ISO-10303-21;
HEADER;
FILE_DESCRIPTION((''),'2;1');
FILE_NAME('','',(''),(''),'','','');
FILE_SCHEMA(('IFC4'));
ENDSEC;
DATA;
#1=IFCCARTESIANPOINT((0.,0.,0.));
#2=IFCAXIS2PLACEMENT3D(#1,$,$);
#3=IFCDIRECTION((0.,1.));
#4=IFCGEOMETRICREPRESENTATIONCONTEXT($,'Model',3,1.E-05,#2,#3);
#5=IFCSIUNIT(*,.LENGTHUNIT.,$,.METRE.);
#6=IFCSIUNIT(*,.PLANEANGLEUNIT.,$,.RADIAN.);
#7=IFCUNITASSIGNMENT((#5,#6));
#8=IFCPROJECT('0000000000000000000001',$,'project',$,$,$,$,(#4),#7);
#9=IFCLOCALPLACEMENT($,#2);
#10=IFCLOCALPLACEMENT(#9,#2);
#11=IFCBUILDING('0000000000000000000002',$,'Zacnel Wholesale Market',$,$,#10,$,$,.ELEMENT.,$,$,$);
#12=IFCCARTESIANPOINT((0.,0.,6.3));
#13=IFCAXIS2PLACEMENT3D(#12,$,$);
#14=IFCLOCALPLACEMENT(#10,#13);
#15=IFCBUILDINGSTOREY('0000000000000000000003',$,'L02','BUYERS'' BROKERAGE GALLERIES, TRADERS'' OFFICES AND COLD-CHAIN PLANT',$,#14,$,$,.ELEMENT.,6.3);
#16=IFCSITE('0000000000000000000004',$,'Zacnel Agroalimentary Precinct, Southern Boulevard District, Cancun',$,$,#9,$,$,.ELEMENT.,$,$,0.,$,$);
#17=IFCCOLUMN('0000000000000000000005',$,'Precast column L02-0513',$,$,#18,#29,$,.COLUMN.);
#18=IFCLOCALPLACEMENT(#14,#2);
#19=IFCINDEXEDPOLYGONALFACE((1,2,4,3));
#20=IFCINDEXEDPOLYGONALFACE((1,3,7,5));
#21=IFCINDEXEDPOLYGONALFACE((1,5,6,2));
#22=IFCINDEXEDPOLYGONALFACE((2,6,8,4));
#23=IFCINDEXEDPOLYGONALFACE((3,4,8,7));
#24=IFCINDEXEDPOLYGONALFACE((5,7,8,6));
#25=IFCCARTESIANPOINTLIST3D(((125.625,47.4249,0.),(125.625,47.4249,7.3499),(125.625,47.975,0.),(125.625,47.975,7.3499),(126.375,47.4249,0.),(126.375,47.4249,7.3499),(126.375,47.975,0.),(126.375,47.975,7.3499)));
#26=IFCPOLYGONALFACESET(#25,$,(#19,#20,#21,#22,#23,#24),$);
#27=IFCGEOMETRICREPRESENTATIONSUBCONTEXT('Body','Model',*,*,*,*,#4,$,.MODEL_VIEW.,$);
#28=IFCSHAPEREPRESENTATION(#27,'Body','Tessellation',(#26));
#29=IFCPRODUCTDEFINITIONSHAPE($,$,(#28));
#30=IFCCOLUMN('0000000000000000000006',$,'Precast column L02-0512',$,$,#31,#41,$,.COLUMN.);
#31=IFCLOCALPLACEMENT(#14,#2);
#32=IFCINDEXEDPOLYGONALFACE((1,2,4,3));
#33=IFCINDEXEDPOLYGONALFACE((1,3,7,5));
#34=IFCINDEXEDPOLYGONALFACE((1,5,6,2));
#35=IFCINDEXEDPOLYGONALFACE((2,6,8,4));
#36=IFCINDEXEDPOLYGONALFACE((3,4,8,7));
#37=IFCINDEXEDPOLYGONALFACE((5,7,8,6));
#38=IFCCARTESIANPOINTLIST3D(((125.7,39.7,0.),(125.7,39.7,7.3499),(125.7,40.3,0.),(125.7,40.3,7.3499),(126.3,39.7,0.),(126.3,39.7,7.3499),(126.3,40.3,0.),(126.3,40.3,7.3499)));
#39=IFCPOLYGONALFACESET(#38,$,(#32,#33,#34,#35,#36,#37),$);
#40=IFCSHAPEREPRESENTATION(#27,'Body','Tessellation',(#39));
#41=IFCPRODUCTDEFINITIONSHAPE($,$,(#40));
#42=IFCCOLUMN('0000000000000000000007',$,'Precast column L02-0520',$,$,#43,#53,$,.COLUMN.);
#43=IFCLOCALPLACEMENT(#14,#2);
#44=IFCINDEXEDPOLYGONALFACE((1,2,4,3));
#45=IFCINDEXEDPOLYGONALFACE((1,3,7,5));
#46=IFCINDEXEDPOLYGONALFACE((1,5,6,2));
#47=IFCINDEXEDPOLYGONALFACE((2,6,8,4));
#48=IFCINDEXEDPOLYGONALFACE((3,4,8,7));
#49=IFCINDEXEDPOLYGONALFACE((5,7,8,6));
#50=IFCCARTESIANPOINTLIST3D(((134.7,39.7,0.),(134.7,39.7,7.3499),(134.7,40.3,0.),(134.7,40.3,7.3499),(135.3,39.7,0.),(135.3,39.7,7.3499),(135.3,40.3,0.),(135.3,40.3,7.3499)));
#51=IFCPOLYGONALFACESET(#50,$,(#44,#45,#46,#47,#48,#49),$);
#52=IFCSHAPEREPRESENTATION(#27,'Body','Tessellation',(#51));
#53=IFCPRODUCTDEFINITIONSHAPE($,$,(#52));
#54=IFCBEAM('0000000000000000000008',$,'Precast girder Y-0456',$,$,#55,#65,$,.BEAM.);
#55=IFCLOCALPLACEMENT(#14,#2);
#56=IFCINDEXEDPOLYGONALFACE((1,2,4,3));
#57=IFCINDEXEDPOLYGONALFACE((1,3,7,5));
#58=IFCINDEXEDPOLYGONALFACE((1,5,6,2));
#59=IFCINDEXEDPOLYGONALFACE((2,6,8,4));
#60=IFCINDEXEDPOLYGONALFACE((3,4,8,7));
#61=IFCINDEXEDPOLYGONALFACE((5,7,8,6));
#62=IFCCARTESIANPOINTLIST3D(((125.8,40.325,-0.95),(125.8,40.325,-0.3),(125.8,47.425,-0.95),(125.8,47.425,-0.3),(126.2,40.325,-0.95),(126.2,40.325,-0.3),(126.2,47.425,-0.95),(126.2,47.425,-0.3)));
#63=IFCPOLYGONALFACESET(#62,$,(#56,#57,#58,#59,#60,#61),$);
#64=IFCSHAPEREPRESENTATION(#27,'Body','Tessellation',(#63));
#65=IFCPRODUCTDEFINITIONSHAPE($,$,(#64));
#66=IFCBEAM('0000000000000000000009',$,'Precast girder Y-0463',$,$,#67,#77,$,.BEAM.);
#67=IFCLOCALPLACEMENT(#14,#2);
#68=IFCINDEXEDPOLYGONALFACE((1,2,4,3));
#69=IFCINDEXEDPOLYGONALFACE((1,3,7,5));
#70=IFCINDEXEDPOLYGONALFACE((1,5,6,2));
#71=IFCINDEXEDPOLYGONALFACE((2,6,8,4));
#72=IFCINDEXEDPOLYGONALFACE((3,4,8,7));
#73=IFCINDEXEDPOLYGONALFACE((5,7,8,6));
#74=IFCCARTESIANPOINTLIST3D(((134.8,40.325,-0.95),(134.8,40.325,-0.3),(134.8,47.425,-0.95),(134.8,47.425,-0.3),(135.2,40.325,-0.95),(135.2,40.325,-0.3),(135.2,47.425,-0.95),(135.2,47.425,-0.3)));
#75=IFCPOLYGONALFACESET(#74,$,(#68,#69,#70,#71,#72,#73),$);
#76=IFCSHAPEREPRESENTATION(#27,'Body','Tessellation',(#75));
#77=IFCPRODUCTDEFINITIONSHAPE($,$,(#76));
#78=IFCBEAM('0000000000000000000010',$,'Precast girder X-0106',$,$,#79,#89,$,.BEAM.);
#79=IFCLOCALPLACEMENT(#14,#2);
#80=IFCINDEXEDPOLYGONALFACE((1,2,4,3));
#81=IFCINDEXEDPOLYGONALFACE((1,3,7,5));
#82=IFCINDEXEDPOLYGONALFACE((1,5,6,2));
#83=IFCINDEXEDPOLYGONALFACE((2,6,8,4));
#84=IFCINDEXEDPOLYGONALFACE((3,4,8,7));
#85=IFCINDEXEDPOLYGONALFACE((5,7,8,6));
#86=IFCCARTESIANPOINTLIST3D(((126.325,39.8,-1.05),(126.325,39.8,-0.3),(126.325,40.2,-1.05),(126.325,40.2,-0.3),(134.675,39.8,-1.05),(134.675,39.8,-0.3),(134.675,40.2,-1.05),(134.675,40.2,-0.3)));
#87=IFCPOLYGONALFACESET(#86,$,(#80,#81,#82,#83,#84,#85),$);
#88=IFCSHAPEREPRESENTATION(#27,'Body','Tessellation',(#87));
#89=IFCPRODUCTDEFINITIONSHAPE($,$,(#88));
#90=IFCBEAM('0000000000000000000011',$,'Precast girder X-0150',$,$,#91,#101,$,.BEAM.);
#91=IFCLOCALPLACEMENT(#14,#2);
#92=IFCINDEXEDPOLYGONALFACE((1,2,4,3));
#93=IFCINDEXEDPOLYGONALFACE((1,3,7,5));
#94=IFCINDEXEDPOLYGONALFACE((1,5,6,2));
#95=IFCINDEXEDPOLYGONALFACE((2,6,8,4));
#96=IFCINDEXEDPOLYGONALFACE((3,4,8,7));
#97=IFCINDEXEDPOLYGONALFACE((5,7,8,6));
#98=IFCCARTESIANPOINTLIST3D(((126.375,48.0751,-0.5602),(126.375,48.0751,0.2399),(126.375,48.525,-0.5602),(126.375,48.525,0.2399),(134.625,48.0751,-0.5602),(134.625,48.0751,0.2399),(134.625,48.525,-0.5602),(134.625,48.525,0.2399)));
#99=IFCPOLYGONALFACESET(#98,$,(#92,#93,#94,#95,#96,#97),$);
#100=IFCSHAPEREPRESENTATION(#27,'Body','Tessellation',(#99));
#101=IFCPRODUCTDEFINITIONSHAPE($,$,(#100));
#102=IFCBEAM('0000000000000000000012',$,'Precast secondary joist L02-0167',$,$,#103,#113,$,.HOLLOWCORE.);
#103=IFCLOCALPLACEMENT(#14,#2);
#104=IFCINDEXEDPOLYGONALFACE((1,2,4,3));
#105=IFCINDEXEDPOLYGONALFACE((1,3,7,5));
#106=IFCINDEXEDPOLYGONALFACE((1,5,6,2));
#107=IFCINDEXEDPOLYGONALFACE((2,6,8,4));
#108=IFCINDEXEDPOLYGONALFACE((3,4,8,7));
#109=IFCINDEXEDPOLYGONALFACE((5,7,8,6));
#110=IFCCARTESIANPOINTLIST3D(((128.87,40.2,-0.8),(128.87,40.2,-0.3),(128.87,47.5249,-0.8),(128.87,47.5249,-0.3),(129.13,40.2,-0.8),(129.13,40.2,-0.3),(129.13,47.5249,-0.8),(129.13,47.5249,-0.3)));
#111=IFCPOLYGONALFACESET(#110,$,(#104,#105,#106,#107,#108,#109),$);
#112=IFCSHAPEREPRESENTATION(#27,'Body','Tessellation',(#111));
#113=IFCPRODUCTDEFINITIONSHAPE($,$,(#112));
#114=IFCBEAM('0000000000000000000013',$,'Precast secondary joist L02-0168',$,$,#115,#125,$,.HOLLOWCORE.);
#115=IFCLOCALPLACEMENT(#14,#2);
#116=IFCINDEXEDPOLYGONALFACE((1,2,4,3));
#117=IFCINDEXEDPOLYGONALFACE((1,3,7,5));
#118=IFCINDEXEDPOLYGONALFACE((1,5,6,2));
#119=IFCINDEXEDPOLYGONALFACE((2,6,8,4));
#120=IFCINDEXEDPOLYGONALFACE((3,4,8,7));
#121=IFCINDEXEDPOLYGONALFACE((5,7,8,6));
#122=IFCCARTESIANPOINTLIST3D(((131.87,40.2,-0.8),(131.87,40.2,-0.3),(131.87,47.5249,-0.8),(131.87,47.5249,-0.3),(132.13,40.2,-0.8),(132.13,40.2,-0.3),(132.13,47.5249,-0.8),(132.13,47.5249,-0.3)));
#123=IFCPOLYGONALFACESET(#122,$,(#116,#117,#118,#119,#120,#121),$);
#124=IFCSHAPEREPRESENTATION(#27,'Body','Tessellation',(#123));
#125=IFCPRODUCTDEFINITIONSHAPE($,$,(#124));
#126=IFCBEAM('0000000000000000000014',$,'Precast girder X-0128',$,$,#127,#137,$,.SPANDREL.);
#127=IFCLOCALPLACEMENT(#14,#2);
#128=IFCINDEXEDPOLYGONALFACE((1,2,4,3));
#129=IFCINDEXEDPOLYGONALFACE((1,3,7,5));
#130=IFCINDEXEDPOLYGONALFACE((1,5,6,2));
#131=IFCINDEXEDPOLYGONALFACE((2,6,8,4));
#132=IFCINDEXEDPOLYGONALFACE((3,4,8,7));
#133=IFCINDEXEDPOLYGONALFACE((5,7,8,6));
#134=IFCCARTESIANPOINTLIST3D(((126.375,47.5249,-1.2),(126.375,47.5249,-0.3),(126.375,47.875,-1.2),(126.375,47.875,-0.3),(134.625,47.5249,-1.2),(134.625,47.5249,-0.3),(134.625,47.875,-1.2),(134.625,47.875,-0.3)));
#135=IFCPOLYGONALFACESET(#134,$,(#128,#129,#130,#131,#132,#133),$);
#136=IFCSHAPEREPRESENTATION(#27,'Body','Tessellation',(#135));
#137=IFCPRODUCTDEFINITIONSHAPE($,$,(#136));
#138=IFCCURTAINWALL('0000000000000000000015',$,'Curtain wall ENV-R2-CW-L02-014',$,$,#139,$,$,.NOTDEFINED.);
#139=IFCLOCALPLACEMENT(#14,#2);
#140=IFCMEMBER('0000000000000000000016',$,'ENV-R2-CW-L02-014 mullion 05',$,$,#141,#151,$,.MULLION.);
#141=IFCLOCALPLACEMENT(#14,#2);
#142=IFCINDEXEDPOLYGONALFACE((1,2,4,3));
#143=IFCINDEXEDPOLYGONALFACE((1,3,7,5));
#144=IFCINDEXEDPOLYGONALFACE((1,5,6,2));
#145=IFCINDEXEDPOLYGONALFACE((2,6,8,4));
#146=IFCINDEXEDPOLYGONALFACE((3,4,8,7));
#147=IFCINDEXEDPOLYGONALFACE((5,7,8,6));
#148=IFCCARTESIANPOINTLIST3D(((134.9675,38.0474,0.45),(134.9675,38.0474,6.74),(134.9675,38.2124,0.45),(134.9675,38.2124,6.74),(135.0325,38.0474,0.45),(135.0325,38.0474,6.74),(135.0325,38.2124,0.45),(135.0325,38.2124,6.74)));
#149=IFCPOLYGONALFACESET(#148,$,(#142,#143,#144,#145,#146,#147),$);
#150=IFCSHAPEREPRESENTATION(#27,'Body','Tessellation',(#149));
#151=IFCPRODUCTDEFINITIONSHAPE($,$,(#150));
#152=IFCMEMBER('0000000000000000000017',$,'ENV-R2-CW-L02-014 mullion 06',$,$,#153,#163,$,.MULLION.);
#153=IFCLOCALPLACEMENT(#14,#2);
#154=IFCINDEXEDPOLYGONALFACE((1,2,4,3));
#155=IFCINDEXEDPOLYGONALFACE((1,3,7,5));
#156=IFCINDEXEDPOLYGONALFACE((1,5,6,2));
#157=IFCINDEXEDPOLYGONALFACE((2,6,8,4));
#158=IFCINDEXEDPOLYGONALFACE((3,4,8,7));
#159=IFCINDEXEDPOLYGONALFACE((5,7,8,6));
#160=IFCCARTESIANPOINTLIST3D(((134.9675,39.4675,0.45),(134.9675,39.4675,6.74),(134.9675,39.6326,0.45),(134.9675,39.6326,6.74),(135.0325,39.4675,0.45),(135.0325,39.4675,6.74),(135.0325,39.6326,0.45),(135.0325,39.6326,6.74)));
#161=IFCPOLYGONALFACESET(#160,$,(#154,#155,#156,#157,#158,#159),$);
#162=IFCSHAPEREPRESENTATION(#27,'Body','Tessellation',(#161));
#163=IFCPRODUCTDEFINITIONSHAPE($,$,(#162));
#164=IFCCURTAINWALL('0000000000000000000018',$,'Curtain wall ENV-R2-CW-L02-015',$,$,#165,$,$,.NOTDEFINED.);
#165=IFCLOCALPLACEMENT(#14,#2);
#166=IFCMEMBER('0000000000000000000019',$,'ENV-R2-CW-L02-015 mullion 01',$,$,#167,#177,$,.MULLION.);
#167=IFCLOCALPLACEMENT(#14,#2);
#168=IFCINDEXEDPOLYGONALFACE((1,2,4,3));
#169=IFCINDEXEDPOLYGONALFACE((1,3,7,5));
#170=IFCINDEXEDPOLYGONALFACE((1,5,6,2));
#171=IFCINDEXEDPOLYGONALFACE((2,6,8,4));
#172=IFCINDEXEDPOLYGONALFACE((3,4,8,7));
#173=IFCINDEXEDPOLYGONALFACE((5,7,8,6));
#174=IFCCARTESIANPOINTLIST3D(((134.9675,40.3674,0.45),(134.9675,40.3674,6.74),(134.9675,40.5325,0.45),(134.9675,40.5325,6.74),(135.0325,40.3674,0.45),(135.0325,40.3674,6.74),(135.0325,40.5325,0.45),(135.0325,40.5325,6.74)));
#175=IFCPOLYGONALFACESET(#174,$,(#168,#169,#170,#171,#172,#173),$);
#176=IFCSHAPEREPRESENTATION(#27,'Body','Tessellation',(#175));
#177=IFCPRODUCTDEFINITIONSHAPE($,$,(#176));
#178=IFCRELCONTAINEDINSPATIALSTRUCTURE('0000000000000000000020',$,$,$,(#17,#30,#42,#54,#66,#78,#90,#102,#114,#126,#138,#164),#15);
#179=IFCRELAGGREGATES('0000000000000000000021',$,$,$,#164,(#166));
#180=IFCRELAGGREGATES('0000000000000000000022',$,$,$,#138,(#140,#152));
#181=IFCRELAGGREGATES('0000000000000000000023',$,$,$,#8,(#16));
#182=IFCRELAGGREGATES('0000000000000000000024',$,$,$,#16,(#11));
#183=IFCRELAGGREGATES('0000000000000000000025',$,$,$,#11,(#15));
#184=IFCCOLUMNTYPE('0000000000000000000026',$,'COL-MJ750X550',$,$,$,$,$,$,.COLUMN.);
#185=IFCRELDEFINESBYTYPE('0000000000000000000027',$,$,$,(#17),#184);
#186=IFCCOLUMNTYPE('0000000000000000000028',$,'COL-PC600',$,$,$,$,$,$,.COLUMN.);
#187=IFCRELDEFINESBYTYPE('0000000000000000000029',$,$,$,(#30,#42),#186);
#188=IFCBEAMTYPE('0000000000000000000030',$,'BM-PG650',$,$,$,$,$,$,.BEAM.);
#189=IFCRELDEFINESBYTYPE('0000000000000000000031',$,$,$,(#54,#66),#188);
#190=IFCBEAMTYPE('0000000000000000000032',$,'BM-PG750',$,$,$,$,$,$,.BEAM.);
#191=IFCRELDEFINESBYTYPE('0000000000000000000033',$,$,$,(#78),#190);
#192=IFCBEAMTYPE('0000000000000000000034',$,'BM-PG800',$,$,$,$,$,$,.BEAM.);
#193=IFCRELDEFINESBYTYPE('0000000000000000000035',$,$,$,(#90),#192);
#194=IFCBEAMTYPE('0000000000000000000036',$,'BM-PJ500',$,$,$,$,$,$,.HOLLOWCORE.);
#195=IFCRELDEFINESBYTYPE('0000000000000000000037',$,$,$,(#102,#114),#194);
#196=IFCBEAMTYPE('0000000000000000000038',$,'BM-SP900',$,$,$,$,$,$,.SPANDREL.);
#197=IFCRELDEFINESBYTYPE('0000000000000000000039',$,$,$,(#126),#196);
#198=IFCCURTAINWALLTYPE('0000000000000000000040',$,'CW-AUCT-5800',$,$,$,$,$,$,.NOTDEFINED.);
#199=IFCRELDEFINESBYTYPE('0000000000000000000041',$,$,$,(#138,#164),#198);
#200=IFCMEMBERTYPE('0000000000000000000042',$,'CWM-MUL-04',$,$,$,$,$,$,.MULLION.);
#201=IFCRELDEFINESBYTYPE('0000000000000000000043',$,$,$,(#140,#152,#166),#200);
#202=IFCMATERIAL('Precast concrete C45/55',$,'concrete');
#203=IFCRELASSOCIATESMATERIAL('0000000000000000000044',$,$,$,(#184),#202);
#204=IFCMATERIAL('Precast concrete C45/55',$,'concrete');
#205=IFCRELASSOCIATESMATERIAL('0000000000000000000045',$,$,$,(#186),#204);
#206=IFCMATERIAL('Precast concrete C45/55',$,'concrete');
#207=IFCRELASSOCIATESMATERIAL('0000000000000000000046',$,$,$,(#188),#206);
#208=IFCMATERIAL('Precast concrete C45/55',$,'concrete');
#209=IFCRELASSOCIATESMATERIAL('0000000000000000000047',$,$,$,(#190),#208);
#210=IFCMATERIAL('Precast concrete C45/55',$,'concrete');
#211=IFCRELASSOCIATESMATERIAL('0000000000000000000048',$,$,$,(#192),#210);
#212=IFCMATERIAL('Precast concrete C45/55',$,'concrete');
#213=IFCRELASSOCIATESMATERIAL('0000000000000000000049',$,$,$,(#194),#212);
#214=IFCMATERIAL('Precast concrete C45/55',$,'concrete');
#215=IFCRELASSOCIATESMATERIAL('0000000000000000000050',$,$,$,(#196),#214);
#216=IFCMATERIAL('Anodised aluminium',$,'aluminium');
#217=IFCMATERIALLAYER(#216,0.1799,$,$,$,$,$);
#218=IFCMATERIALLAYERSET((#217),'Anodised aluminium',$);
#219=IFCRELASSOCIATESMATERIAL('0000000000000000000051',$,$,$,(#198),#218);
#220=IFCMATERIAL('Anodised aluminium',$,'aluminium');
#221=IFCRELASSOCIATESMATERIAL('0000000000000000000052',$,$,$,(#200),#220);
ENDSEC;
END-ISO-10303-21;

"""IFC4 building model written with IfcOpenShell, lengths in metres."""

from ifc_helpers import new_model, si_unit, direction, frame, origin, origin_2d, place, context, subcontext, project, spatial, rectangle, extrude, material, layer, layer_set, material_profile, profile_set, type_object, element, aggregate, save


model = new_model("IFC4")

# Units and contexts
model_context = context("Model", 3, precision=1e-05, world=origin(), true_north=direction((0.0, 1.0)))
body_context = subcontext(model_context, "Body", "Model", "MODEL_VIEW")
ifc_project = project(units=[si_unit("LENGTHUNIT", "METRE"), si_unit("PLANEANGLEUNIT", "RADIAN")], contexts=[model_context])

# Site, building, storey
site_placement = place(None, origin())
site = spatial("IfcSite", under=ifc_project, at=site_placement, Name="Zacnel Agroalimentary Precinct, Southern Boulevard District, Cancun", CompositionType="ELEMENT", RefElevation=0.0)
building_placement = place(site_placement, origin())
building = spatial("IfcBuilding", under=site, at=building_placement, Name="Zacnel Wholesale Market", CompositionType="ELEMENT")
storey_placement = place(building_placement, frame((0.0, 0.0, 6.3)))
storey = spatial("IfcBuildingStorey", under=building, at=storey_placement, Name="L02", Description="BUYERS' BROKERAGE GALLERIES, TRADERS' OFFICES AND COLD-CHAIN PLANT", CompositionType="ELEMENT", Elevation=6.3)

# Columns
ifc_material_1 = material(Name="Precast concrete C45/55", Category="concrete")
ifc_material_profile_1 = material_profile(ifc_material_1, rectangle(XDim=0.75, YDim=0.55, at=origin_2d()), Name="PC 750x550")
ifc_profile_set_1 = profile_set([ifc_material_profile_1], Name="Precast concrete C45/55")
column_type_1 = type_object("IfcColumnType", Name="COL-MJ750X550", PredefinedType="COLUMN", material=ifc_profile_set_1)
column_placement = place(storey_placement, frame((126.0, 47.7, 0.0), z_axis=(0.0, 0.0, 1.0), x_axis=(1.0, 0.0, 0.0)))
element("IfcColumn", 1, at=column_placement, inside=storey, type_object=column_type_1, Name="Precast column L02-0513", PredefinedType="COLUMN", context=body_context, shape_type="SweptSolid", body=[
    extrude(rectangle(XDim=0.75, YDim=0.55, at=origin_2d()), origin(), (0.0, 0.0, 1.0), 7.3499),
])
ifc_material_2 = material(Name="Precast concrete C45/55", Category="concrete")
ifc_material_profile_2 = material_profile(ifc_material_2, rectangle(XDim=0.6001, YDim=0.6001, at=origin_2d()), Name="PC 600x600")
ifc_profile_set_2 = profile_set([ifc_material_profile_2], Name="Precast concrete C45/55")
column_type_2 = type_object("IfcColumnType", Name="COL-PC600", PredefinedType="COLUMN", material=ifc_profile_set_2)
for number, where, z_axis, x_axis, name in (
    (2, (126.0, 40.0, 0.0), (0.0, 0.0, 1.0), (1.0, 0.0, 0.0), "Precast column L02-0512"),
    (3, (135.0, 40.0, 0.0), (0.0, 0.0, 1.0), (1.0, 0.0, 0.0), "Precast column L02-0520"),
):
    element("IfcColumn", number, at=place(storey_placement, frame(where, z_axis=z_axis, x_axis=x_axis)), inside=storey, type_object=column_type_2, Name=name, PredefinedType="COLUMN", context=body_context, shape_type="SweptSolid", body=[
        extrude(rectangle(XDim=0.6001, YDim=0.6001, at=origin_2d()), origin(), (0.0, 0.0, 1.0), 7.3499),
    ])

# Beams
ifc_material_3 = material(Name="Precast concrete C45/55", Category="concrete")
ifc_material_profile_3 = material_profile(ifc_material_3, rectangle(XDim=0.3999, YDim=0.6499, at=origin_2d()), Name="PG 400x650")
ifc_profile_set_3 = profile_set([ifc_material_profile_3], Name="Precast concrete C45/55")
beam_type_1 = type_object("IfcBeamType", Name="BM-PG650", PredefinedType="BEAM", material=ifc_profile_set_3)
for number, where, z_axis, x_axis, name in (
    (4, (126.0, 40.325, -0.625), (0.0, 1.0, 0.0), (-1.0, 0.0, 0.0), "Precast girder Y-0456"),
    (5, (135.0, 40.325, -0.625), (0.0, 1.0, 0.0), (-1.0, 0.0, 0.0), "Precast girder Y-0463"),
):
    element("IfcBeam", number, at=place(storey_placement, frame(where, z_axis=z_axis, x_axis=x_axis)), inside=storey, type_object=beam_type_1, Name=name, PredefinedType="BEAM", context=body_context, shape_type="SweptSolid", body=[
        extrude(rectangle(XDim=0.3999, YDim=0.6499, at=origin_2d()), origin(), (0.0, 0.0, 1.0), 7.1001),
    ])
ifc_material_4 = material(Name="Precast concrete C45/55", Category="concrete")
ifc_material_profile_4 = material_profile(ifc_material_4, rectangle(XDim=0.3999, YDim=0.75, at=origin_2d()), Name="PG 400x750")
ifc_profile_set_4 = profile_set([ifc_material_profile_4], Name="Precast concrete C45/55")
beam_type_2 = type_object("IfcBeamType", Name="BM-PG750", PredefinedType="BEAM", material=ifc_profile_set_4)
beam_1_placement = place(storey_placement, frame((126.325, 40.0, -0.675), z_axis=(1.0, 0.0, 0.0), x_axis=(0.0, 1.0, 0.0)))
element("IfcBeam", 6, at=beam_1_placement, inside=storey, type_object=beam_type_2, Name="Precast girder X-0106", PredefinedType="BEAM", context=body_context, shape_type="SweptSolid", body=[
    extrude(rectangle(XDim=0.3999, YDim=0.75, at=origin_2d()), origin(), (0.0, 0.0, 1.0), 8.3501),
])
ifc_material_5 = material(Name="Precast concrete C45/55", Category="concrete")
ifc_material_profile_5 = material_profile(ifc_material_5, rectangle(XDim=0.45, YDim=0.8, at=origin_2d()), Name="PG 450x800")
ifc_profile_set_5 = profile_set([ifc_material_profile_5], Name="Precast concrete C45/55")
beam_type_3 = type_object("IfcBeamType", Name="BM-PG800", PredefinedType="BEAM", material=ifc_profile_set_5)
beam_2_placement = place(storey_placement, frame((126.375, 48.3, -0.1602), z_axis=(1.0, 0.0, 0.0), x_axis=(0.0, 1.0, 0.0)))
element("IfcBeam", 7, at=beam_2_placement, inside=storey, type_object=beam_type_3, Name="Precast girder X-0150", PredefinedType="BEAM", context=body_context, shape_type="SweptSolid", body=[
    extrude(rectangle(XDim=0.45, YDim=0.8, at=origin_2d()), origin(), (0.0, 0.0, 1.0), 8.25),
])
ifc_material_6 = material(Name="Precast concrete C45/55", Category="concrete")
ifc_material_profile_6 = material_profile(ifc_material_6, rectangle(XDim=0.26, YDim=0.5, at=origin_2d()), Name="PJ 260x500")
ifc_profile_set_6 = profile_set([ifc_material_profile_6], Name="Precast concrete C45/55")
beam_type_4 = type_object("IfcBeamType", Name="BM-PJ500", PredefinedType="HOLLOWCORE", material=ifc_profile_set_6)
for number, where, z_axis, x_axis, name in (
    (8, (129.0, 40.2, -0.55), (0.0, 1.0, 0.0), (-1.0, 0.0, 0.0), "Precast secondary joist L02-0167"),
    (9, (132.0, 40.2, -0.55), (0.0, 1.0, 0.0), (-1.0, 0.0, 0.0), "Precast secondary joist L02-0168"),
):
    element("IfcBeam", number, at=place(storey_placement, frame(where, z_axis=z_axis, x_axis=x_axis)), inside=storey, type_object=beam_type_4, Name=name, PredefinedType="HOLLOWCORE", context=body_context, shape_type="SweptSolid", body=[
        extrude(rectangle(XDim=0.26, YDim=0.5, at=origin_2d()), origin(), (0.0, 0.0, 1.0), 7.325),
    ])
ifc_material_7 = material(Name="Precast concrete C45/55", Category="concrete")
ifc_material_profile_7 = material_profile(ifc_material_7, rectangle(XDim=0.3501, YDim=0.8999, at=origin_2d()), Name="SP 350x900")
ifc_profile_set_7 = profile_set([ifc_material_profile_7], Name="Precast concrete C45/55")
beam_type_5 = type_object("IfcBeamType", Name="BM-SP900", PredefinedType="SPANDREL", material=ifc_profile_set_7)
beam_3_placement = place(storey_placement, frame((126.375, 47.7, -0.75), z_axis=(1.0, 0.0, 0.0), x_axis=(0.0, 1.0, 0.0)))
element("IfcBeam", 10, at=beam_3_placement, inside=storey, type_object=beam_type_5, Name="Precast girder X-0128", PredefinedType="SPANDREL", context=body_context, shape_type="SweptSolid", body=[
    extrude(rectangle(XDim=0.3501, YDim=0.8999, at=origin_2d()), origin(), (0.0, 0.0, 1.0), 8.25),
])

# Curtain wall, members
ifc_material_8 = material(Name="Anodised aluminium", Category="aluminium")
ifc_layer_1 = layer(ifc_material_8, 0.1799)
ifc_layer_set_1 = layer_set([ifc_layer_1], Name="Anodised aluminium")
curtain_wall_type = type_object("IfcCurtainWallType", Name="CW-AUCT-5800", PredefinedType="NOTDEFINED", material=ifc_layer_set_1)
curtain_wall_1_placement = place(storey_placement, origin())
curtain_wall_1 = element("IfcCurtainWall", 11, at=curtain_wall_1_placement, inside=storey, type_object=curtain_wall_type, Name="Curtain wall ENV-R2-CW-L02-014", PredefinedType="NOTDEFINED")
ifc_material_9 = material(Name="Anodised aluminium", Category="aluminium")
ifc_material_profile_8 = material_profile(ifc_material_9, rectangle(XDim=0.0649, YDim=0.165, at=origin_2d()), Name="AW-MULLION 65x165")
ifc_profile_set_8 = profile_set([ifc_material_profile_8], Name="Anodised aluminium")
member_type_1 = type_object("IfcMemberType", Name="CWM-MUL-04", PredefinedType="MULLION", material=ifc_profile_set_8)
member_1_placement = place(storey_placement, frame((135.0, 38.1299, 0.45), z_axis=(0.0, 0.0, 1.0), x_axis=(1.0, 0.0, 0.0)))
member_1 = element("IfcMember", 12, at=member_1_placement, type_object=member_type_1, Name="ENV-R2-CW-L02-014 mullion 05", PredefinedType="MULLION", context=body_context, shape_type="SweptSolid", body=[
    extrude(rectangle(XDim=0.0649, YDim=0.165, at=origin_2d()), origin(), (0.0, 0.0, 1.0), 6.29),
])
member_2_placement = place(storey_placement, frame((135.0, 39.55, 0.45), z_axis=(0.0, 0.0, 1.0), x_axis=(1.0, 0.0, 0.0)))
member_2 = element("IfcMember", 13, at=member_2_placement, type_object=member_type_1, Name="ENV-R2-CW-L02-014 mullion 06", PredefinedType="MULLION", context=body_context, shape_type="SweptSolid", body=[
    extrude(rectangle(XDim=0.0649, YDim=0.165, at=origin_2d()), origin(), (0.0, 0.0, 1.0), 6.29),
])

# Curtain wall, member
curtain_wall_2_placement = place(storey_placement, origin())
curtain_wall_2 = element("IfcCurtainWall", 14, at=curtain_wall_2_placement, inside=storey, type_object=curtain_wall_type, Name="Curtain wall ENV-R2-CW-L02-015", PredefinedType="NOTDEFINED")
member_3_placement = place(storey_placement, frame((135.0, 40.45, 0.45), z_axis=(0.0, 0.0, 1.0), x_axis=(1.0, 0.0, 0.0)))
member_3 = element("IfcMember", 15, at=member_3_placement, type_object=member_type_1, Name="ENV-R2-CW-L02-015 mullion 01", PredefinedType="MULLION", context=body_context, shape_type="SweptSolid", body=[
    extrude(rectangle(XDim=0.0649, YDim=0.165, at=origin_2d()), origin(), (0.0, 0.0, 1.0), 6.29),
])

aggregate(curtain_wall_2, [member_3])
aggregate(curtain_wall_1, [member_1, member_2])

save(model, "model.ifc")
